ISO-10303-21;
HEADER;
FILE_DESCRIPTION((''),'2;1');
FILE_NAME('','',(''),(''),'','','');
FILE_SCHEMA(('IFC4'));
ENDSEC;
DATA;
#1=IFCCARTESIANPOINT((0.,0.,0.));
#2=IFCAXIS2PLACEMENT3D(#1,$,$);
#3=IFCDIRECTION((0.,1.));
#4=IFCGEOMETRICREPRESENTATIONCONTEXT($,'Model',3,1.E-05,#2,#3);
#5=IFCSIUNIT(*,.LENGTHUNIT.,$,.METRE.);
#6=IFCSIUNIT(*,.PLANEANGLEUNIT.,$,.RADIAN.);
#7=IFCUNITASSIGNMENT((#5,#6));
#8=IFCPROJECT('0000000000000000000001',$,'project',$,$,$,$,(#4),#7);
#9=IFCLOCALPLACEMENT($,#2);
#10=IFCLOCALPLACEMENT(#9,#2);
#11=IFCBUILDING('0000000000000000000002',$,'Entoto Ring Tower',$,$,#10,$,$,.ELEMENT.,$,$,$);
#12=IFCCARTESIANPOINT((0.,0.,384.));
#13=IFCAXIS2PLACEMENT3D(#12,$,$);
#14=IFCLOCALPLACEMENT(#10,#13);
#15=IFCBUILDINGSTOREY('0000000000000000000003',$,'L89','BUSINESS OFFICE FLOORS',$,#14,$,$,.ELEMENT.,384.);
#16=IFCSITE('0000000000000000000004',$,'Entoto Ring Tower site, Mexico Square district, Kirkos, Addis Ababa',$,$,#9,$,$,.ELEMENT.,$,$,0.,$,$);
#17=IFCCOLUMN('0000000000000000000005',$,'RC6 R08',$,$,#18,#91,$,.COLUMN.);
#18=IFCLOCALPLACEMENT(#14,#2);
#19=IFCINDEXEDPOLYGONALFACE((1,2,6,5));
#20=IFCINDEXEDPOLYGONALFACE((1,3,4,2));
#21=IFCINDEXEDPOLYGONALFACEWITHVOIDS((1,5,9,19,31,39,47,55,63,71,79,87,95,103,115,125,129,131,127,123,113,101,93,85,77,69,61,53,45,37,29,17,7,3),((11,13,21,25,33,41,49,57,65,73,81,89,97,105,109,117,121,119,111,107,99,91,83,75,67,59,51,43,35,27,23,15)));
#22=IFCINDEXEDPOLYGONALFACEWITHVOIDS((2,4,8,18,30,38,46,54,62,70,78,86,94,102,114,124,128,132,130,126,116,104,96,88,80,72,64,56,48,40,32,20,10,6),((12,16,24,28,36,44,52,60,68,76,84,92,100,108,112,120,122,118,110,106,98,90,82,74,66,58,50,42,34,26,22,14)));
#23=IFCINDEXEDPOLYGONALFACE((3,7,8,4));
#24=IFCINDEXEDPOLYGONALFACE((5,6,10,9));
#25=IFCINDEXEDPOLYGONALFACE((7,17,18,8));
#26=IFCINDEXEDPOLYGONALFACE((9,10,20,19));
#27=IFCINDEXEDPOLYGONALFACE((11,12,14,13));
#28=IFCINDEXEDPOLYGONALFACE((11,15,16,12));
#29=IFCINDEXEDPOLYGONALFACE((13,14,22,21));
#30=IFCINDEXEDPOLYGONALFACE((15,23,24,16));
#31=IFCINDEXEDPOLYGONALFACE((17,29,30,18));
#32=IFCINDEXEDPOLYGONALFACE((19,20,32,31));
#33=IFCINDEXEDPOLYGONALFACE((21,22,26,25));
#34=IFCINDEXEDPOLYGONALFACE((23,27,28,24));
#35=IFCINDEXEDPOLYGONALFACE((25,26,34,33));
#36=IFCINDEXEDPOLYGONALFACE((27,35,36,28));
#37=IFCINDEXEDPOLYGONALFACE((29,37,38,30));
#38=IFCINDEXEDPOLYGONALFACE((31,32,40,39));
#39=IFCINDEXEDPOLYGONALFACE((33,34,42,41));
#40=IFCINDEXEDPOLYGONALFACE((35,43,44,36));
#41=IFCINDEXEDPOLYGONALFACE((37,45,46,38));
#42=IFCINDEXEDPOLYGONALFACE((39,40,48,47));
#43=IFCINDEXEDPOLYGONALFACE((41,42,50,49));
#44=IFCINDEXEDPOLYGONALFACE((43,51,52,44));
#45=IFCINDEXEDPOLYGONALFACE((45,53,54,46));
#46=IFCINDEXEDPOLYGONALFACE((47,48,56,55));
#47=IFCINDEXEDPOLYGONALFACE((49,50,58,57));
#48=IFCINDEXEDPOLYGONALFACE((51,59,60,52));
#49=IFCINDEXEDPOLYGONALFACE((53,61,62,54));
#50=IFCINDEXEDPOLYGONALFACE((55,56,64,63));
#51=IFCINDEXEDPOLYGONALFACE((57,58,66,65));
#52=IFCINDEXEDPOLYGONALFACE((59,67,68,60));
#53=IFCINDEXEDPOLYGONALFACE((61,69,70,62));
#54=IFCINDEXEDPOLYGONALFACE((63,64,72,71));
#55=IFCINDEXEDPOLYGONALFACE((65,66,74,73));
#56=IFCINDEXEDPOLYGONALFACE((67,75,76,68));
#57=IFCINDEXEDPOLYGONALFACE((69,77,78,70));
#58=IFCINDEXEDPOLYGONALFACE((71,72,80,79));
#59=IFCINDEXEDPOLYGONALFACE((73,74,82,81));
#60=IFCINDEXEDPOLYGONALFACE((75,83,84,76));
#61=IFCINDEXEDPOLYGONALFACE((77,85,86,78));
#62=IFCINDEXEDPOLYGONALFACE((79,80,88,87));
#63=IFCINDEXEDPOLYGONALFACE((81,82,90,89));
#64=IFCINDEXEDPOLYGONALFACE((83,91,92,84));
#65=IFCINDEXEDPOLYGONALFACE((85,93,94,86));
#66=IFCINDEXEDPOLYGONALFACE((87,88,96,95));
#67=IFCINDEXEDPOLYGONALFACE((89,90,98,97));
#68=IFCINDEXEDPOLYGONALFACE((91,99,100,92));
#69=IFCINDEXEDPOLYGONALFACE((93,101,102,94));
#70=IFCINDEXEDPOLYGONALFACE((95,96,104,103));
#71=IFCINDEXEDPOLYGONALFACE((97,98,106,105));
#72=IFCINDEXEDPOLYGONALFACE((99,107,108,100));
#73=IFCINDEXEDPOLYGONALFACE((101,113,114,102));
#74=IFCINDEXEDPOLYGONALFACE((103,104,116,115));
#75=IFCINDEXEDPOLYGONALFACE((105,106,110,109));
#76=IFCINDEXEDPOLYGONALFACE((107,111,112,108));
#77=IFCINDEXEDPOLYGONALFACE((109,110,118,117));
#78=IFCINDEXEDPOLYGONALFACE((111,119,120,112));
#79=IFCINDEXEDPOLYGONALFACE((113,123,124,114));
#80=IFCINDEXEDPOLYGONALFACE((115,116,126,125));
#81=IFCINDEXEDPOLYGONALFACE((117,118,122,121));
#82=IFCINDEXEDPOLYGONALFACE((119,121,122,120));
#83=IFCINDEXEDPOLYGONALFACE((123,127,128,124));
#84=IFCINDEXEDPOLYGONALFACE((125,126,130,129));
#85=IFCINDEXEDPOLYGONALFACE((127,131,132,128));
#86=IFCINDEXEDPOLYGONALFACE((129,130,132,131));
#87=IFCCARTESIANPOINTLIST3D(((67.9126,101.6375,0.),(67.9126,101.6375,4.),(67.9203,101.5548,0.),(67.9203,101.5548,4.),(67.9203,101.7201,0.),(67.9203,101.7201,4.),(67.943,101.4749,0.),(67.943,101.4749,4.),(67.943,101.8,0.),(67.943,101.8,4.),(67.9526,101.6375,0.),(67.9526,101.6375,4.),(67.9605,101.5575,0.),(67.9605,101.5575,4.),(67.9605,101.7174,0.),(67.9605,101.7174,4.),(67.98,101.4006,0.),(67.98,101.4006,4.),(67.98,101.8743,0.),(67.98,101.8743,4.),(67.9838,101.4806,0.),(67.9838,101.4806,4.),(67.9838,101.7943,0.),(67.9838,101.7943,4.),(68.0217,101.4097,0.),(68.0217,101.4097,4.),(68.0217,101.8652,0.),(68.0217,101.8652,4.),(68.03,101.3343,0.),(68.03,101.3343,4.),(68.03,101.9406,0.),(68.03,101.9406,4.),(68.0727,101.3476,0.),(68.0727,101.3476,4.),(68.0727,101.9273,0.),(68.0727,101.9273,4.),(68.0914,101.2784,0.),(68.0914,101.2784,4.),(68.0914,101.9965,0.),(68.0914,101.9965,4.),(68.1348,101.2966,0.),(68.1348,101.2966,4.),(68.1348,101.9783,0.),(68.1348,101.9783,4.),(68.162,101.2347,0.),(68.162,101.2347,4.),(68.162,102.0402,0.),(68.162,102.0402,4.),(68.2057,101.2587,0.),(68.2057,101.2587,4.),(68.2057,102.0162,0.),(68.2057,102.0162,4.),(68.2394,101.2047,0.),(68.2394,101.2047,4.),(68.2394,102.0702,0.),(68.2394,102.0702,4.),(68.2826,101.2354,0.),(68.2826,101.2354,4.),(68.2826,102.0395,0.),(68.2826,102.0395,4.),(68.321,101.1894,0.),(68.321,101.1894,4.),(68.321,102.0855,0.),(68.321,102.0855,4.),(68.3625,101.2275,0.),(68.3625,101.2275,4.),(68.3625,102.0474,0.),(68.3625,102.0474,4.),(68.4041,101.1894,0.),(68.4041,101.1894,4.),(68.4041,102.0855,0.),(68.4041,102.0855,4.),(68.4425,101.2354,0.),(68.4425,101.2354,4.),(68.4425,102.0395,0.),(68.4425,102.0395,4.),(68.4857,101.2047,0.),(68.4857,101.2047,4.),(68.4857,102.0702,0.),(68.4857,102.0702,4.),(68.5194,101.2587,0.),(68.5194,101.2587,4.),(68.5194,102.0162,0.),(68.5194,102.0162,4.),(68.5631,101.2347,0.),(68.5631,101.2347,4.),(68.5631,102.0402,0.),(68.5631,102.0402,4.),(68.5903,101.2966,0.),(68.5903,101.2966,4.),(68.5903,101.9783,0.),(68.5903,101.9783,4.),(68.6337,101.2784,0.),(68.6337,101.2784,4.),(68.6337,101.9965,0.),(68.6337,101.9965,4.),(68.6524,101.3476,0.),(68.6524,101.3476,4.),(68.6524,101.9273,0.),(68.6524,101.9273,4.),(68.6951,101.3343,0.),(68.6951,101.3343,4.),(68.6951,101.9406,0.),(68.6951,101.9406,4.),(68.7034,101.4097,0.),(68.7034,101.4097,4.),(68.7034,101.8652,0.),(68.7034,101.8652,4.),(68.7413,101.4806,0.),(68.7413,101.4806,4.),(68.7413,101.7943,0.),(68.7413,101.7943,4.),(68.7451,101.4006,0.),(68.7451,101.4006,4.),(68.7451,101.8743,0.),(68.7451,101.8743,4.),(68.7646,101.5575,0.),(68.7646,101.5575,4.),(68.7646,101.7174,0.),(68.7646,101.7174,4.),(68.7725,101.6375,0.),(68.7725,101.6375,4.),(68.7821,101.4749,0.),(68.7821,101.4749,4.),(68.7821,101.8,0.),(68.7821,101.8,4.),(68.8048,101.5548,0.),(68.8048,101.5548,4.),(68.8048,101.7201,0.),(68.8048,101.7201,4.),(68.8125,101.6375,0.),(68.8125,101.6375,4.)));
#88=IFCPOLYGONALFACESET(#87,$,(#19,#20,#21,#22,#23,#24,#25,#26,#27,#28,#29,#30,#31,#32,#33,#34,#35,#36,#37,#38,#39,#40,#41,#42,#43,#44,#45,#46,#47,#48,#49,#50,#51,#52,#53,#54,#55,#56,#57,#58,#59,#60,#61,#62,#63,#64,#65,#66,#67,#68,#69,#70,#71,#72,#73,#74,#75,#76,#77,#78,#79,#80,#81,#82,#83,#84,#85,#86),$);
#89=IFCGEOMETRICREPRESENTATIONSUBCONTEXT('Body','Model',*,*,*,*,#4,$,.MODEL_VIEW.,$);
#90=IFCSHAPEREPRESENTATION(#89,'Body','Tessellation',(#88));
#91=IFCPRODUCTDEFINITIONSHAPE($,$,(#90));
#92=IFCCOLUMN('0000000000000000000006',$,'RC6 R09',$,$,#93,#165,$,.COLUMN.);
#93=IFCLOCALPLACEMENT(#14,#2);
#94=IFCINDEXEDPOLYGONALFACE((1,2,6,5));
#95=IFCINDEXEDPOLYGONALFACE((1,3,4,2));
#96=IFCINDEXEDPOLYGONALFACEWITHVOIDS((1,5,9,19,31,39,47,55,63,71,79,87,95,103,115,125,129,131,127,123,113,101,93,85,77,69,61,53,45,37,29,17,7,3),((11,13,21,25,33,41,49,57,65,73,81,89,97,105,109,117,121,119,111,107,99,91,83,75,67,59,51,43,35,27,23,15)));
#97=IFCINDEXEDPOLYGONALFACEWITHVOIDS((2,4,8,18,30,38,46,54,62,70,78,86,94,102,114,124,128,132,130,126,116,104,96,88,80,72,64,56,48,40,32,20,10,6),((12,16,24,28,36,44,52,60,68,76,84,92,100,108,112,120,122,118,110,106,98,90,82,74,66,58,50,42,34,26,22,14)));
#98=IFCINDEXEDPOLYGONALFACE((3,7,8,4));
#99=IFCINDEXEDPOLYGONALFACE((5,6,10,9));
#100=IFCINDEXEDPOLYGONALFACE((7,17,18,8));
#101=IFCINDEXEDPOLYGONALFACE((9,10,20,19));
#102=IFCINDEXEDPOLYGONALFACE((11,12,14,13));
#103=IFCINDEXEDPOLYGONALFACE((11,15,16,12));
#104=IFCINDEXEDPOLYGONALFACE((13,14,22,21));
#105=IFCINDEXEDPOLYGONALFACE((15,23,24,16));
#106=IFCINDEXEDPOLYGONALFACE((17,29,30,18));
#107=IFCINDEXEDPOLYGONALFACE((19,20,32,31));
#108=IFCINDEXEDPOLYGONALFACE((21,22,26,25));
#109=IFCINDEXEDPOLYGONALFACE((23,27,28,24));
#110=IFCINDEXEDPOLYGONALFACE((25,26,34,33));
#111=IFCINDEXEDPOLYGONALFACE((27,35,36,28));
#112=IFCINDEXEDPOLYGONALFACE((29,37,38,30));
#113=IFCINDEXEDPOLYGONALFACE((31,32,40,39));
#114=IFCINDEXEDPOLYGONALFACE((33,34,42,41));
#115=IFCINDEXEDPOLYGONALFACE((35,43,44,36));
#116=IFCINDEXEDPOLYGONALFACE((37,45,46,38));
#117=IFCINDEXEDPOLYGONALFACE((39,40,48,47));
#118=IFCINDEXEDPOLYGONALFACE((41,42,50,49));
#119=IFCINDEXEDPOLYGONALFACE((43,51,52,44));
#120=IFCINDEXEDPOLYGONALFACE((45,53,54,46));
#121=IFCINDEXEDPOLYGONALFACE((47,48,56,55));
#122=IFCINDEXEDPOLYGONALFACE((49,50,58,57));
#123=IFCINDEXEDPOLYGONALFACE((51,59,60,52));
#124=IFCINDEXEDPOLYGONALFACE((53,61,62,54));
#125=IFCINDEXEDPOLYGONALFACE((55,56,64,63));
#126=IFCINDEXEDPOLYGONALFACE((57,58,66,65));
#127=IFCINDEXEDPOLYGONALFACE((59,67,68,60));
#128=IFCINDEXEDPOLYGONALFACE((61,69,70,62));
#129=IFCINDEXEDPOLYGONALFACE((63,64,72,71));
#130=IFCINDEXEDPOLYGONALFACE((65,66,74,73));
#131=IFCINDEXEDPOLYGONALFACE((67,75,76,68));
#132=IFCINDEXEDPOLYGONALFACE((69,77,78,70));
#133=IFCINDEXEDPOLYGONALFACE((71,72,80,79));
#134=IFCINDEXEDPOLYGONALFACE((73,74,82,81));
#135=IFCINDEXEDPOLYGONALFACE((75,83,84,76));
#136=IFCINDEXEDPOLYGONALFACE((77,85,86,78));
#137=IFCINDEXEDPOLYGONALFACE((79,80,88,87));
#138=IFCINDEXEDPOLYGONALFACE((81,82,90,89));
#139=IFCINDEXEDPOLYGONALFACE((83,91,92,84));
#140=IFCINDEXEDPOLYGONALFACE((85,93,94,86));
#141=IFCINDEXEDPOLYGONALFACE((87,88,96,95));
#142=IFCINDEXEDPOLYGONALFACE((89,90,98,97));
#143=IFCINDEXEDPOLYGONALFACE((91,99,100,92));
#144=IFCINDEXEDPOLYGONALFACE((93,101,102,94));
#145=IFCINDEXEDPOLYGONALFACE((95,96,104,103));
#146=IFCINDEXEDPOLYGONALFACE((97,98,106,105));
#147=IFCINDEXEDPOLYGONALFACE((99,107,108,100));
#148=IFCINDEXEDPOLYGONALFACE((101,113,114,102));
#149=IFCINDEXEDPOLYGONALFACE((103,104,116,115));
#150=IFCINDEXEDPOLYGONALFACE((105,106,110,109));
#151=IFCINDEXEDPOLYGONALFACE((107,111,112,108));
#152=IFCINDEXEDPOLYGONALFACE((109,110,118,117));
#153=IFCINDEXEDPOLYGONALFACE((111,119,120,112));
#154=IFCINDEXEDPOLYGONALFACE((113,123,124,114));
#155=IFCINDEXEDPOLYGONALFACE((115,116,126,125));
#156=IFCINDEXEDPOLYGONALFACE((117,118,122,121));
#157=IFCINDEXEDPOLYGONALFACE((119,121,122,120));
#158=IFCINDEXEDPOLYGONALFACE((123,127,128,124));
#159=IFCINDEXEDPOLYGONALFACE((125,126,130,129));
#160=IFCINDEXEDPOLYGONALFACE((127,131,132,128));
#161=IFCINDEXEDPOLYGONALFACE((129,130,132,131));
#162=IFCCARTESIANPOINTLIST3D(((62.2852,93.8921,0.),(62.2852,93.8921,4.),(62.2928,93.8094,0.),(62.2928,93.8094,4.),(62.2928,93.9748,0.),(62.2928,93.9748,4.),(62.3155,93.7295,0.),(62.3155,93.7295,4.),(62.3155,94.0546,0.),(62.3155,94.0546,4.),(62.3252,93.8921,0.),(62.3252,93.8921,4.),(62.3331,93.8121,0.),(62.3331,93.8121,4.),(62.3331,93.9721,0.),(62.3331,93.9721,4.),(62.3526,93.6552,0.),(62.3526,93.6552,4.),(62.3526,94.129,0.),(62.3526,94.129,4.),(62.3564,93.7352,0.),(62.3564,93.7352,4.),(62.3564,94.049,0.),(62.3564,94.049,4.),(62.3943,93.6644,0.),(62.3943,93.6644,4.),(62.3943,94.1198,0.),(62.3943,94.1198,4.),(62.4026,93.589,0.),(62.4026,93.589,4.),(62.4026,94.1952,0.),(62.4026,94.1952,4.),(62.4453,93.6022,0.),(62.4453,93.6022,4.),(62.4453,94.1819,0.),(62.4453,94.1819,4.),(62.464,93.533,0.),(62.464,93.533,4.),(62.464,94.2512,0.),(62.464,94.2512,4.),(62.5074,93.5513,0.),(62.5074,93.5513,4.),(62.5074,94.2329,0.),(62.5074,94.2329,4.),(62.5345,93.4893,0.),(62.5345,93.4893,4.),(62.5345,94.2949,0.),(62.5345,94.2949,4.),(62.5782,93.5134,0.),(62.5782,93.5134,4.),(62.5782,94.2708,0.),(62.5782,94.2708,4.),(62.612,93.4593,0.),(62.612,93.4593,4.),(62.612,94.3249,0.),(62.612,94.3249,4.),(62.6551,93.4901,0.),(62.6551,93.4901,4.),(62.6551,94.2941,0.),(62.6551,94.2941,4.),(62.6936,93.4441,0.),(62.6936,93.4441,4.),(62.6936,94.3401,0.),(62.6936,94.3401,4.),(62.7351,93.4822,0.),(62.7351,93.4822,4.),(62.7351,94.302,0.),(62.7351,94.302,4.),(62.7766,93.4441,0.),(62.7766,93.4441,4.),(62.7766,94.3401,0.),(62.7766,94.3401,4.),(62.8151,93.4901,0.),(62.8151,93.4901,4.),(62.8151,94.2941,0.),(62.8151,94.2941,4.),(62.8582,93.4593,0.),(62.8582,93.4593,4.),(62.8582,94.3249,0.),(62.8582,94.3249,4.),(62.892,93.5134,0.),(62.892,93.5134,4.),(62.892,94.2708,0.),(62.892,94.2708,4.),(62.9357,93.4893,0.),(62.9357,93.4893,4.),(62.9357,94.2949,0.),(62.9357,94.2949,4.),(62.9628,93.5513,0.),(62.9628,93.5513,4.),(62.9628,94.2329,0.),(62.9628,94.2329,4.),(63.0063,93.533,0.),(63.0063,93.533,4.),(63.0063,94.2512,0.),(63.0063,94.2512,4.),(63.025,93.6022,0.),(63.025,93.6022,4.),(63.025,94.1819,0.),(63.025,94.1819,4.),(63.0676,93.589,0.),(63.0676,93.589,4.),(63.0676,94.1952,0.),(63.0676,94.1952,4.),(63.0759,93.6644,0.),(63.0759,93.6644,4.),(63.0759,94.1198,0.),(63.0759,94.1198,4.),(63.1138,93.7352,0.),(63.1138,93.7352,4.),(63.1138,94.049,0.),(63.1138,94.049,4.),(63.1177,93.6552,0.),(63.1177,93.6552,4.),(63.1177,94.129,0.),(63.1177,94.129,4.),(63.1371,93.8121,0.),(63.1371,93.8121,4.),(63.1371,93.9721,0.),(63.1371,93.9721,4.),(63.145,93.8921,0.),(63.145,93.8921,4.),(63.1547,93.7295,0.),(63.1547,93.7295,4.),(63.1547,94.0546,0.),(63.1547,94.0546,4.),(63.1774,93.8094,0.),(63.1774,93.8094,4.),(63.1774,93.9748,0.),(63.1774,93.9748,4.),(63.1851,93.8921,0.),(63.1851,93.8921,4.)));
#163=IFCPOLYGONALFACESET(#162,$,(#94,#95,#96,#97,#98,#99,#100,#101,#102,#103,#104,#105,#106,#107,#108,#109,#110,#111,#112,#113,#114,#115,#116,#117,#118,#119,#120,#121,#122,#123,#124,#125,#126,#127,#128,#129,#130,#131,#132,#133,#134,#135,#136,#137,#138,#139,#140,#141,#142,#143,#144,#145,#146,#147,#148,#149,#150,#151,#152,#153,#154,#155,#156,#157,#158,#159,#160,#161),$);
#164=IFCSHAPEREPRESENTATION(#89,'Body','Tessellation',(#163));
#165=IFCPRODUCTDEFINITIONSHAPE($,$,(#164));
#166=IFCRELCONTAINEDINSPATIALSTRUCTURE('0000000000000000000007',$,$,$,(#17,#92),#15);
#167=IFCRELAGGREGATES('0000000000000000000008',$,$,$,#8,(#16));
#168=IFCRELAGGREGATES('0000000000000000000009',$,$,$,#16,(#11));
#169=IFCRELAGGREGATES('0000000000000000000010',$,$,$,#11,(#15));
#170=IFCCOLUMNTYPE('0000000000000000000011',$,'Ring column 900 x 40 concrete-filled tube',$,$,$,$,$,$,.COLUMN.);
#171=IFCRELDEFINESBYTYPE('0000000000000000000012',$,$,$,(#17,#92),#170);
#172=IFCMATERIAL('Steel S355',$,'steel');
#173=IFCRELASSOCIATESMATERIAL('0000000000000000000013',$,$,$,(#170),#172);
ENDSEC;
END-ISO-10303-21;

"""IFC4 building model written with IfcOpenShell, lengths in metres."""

from ifc_helpers import new_model, si_unit, direction, frame, origin, origin_2d, place, context, subcontext, project, spatial, circle, hollow_circle, extrude, material, material_profile, profile_set, type_object, element, save


model = new_model("IFC4")

# Units and contexts
model_context = context("Model", 3, precision=1e-05, world=origin(), true_north=direction((0.0, 1.0)))
body_context = subcontext(model_context, "Body", "Model", "MODEL_VIEW")
ifc_project = project(units=[si_unit("LENGTHUNIT", "METRE"), si_unit("PLANEANGLEUNIT", "RADIAN")], contexts=[model_context])

# Site, building, storey
site_placement = place(None, origin())
site = spatial("IfcSite", under=ifc_project, at=site_placement, Name="Entoto Ring Tower site, Mexico Square district, Kirkos, Addis Ababa", CompositionType="ELEMENT", RefElevation=0.0)
building_placement = place(site_placement, origin())
building = spatial("IfcBuilding", under=site, at=building_placement, Name="Entoto Ring Tower", CompositionType="ELEMENT")
storey_placement = place(building_placement, frame((0.0, 0.0, 384.0)))
storey = spatial("IfcBuildingStorey", under=building, at=storey_placement, Name="L89", Description="BUSINESS OFFICE FLOORS", CompositionType="ELEMENT", Elevation=384.0)

# Columns
ifc_material_1 = material(Name="Steel S355", Category="steel")
ifc_material_profile_1 = material_profile(ifc_material_1, hollow_circle(Radius=0.45, WallThickness=0.04, at=origin_2d()), Name="CHS 900 x 40")
ifc_material_2 = material(Name="Concrete C60/75", Category="concrete")
ifc_material_profile_2 = material_profile(ifc_material_2, circle(Radius=0.4099, at=origin_2d()), Name="Concrete C60/75 infill")
ifc_profile_set_1 = profile_set([ifc_material_profile_1, ifc_material_profile_2], Name="Steel S355")
column_type = type_object("IfcColumnType", Name="Ring column 900 x 40 concrete-filled tube", PredefinedType="COLUMN", material=ifc_profile_set_1)
for number, where, z_axis, x_axis, name in (
    (1, (68.3625, 101.6375, 0.0), (0.0, 0.0, 1.0), (1.0, 0.0, 0.0), "RC6 R08"),
    (2, (62.7351, 93.8921, 0.0), (0.0, 0.0, 1.0), (1.0, 0.0, 0.0), "RC6 R09"),
):
    element("IfcColumn", number, at=place(storey_placement, frame(where, z_axis=z_axis, x_axis=x_axis)), inside=storey, type_object=column_type, Name=name, PredefinedType="COLUMN", context=body_context, shape_type="SweptSolid", body=[
        extrude(hollow_circle(Radius=0.45, WallThickness=0.04, at=origin_2d()), origin(), (0.0, 0.0, 1.0), 4.0),
    ])

save(model, "model.ifc")
